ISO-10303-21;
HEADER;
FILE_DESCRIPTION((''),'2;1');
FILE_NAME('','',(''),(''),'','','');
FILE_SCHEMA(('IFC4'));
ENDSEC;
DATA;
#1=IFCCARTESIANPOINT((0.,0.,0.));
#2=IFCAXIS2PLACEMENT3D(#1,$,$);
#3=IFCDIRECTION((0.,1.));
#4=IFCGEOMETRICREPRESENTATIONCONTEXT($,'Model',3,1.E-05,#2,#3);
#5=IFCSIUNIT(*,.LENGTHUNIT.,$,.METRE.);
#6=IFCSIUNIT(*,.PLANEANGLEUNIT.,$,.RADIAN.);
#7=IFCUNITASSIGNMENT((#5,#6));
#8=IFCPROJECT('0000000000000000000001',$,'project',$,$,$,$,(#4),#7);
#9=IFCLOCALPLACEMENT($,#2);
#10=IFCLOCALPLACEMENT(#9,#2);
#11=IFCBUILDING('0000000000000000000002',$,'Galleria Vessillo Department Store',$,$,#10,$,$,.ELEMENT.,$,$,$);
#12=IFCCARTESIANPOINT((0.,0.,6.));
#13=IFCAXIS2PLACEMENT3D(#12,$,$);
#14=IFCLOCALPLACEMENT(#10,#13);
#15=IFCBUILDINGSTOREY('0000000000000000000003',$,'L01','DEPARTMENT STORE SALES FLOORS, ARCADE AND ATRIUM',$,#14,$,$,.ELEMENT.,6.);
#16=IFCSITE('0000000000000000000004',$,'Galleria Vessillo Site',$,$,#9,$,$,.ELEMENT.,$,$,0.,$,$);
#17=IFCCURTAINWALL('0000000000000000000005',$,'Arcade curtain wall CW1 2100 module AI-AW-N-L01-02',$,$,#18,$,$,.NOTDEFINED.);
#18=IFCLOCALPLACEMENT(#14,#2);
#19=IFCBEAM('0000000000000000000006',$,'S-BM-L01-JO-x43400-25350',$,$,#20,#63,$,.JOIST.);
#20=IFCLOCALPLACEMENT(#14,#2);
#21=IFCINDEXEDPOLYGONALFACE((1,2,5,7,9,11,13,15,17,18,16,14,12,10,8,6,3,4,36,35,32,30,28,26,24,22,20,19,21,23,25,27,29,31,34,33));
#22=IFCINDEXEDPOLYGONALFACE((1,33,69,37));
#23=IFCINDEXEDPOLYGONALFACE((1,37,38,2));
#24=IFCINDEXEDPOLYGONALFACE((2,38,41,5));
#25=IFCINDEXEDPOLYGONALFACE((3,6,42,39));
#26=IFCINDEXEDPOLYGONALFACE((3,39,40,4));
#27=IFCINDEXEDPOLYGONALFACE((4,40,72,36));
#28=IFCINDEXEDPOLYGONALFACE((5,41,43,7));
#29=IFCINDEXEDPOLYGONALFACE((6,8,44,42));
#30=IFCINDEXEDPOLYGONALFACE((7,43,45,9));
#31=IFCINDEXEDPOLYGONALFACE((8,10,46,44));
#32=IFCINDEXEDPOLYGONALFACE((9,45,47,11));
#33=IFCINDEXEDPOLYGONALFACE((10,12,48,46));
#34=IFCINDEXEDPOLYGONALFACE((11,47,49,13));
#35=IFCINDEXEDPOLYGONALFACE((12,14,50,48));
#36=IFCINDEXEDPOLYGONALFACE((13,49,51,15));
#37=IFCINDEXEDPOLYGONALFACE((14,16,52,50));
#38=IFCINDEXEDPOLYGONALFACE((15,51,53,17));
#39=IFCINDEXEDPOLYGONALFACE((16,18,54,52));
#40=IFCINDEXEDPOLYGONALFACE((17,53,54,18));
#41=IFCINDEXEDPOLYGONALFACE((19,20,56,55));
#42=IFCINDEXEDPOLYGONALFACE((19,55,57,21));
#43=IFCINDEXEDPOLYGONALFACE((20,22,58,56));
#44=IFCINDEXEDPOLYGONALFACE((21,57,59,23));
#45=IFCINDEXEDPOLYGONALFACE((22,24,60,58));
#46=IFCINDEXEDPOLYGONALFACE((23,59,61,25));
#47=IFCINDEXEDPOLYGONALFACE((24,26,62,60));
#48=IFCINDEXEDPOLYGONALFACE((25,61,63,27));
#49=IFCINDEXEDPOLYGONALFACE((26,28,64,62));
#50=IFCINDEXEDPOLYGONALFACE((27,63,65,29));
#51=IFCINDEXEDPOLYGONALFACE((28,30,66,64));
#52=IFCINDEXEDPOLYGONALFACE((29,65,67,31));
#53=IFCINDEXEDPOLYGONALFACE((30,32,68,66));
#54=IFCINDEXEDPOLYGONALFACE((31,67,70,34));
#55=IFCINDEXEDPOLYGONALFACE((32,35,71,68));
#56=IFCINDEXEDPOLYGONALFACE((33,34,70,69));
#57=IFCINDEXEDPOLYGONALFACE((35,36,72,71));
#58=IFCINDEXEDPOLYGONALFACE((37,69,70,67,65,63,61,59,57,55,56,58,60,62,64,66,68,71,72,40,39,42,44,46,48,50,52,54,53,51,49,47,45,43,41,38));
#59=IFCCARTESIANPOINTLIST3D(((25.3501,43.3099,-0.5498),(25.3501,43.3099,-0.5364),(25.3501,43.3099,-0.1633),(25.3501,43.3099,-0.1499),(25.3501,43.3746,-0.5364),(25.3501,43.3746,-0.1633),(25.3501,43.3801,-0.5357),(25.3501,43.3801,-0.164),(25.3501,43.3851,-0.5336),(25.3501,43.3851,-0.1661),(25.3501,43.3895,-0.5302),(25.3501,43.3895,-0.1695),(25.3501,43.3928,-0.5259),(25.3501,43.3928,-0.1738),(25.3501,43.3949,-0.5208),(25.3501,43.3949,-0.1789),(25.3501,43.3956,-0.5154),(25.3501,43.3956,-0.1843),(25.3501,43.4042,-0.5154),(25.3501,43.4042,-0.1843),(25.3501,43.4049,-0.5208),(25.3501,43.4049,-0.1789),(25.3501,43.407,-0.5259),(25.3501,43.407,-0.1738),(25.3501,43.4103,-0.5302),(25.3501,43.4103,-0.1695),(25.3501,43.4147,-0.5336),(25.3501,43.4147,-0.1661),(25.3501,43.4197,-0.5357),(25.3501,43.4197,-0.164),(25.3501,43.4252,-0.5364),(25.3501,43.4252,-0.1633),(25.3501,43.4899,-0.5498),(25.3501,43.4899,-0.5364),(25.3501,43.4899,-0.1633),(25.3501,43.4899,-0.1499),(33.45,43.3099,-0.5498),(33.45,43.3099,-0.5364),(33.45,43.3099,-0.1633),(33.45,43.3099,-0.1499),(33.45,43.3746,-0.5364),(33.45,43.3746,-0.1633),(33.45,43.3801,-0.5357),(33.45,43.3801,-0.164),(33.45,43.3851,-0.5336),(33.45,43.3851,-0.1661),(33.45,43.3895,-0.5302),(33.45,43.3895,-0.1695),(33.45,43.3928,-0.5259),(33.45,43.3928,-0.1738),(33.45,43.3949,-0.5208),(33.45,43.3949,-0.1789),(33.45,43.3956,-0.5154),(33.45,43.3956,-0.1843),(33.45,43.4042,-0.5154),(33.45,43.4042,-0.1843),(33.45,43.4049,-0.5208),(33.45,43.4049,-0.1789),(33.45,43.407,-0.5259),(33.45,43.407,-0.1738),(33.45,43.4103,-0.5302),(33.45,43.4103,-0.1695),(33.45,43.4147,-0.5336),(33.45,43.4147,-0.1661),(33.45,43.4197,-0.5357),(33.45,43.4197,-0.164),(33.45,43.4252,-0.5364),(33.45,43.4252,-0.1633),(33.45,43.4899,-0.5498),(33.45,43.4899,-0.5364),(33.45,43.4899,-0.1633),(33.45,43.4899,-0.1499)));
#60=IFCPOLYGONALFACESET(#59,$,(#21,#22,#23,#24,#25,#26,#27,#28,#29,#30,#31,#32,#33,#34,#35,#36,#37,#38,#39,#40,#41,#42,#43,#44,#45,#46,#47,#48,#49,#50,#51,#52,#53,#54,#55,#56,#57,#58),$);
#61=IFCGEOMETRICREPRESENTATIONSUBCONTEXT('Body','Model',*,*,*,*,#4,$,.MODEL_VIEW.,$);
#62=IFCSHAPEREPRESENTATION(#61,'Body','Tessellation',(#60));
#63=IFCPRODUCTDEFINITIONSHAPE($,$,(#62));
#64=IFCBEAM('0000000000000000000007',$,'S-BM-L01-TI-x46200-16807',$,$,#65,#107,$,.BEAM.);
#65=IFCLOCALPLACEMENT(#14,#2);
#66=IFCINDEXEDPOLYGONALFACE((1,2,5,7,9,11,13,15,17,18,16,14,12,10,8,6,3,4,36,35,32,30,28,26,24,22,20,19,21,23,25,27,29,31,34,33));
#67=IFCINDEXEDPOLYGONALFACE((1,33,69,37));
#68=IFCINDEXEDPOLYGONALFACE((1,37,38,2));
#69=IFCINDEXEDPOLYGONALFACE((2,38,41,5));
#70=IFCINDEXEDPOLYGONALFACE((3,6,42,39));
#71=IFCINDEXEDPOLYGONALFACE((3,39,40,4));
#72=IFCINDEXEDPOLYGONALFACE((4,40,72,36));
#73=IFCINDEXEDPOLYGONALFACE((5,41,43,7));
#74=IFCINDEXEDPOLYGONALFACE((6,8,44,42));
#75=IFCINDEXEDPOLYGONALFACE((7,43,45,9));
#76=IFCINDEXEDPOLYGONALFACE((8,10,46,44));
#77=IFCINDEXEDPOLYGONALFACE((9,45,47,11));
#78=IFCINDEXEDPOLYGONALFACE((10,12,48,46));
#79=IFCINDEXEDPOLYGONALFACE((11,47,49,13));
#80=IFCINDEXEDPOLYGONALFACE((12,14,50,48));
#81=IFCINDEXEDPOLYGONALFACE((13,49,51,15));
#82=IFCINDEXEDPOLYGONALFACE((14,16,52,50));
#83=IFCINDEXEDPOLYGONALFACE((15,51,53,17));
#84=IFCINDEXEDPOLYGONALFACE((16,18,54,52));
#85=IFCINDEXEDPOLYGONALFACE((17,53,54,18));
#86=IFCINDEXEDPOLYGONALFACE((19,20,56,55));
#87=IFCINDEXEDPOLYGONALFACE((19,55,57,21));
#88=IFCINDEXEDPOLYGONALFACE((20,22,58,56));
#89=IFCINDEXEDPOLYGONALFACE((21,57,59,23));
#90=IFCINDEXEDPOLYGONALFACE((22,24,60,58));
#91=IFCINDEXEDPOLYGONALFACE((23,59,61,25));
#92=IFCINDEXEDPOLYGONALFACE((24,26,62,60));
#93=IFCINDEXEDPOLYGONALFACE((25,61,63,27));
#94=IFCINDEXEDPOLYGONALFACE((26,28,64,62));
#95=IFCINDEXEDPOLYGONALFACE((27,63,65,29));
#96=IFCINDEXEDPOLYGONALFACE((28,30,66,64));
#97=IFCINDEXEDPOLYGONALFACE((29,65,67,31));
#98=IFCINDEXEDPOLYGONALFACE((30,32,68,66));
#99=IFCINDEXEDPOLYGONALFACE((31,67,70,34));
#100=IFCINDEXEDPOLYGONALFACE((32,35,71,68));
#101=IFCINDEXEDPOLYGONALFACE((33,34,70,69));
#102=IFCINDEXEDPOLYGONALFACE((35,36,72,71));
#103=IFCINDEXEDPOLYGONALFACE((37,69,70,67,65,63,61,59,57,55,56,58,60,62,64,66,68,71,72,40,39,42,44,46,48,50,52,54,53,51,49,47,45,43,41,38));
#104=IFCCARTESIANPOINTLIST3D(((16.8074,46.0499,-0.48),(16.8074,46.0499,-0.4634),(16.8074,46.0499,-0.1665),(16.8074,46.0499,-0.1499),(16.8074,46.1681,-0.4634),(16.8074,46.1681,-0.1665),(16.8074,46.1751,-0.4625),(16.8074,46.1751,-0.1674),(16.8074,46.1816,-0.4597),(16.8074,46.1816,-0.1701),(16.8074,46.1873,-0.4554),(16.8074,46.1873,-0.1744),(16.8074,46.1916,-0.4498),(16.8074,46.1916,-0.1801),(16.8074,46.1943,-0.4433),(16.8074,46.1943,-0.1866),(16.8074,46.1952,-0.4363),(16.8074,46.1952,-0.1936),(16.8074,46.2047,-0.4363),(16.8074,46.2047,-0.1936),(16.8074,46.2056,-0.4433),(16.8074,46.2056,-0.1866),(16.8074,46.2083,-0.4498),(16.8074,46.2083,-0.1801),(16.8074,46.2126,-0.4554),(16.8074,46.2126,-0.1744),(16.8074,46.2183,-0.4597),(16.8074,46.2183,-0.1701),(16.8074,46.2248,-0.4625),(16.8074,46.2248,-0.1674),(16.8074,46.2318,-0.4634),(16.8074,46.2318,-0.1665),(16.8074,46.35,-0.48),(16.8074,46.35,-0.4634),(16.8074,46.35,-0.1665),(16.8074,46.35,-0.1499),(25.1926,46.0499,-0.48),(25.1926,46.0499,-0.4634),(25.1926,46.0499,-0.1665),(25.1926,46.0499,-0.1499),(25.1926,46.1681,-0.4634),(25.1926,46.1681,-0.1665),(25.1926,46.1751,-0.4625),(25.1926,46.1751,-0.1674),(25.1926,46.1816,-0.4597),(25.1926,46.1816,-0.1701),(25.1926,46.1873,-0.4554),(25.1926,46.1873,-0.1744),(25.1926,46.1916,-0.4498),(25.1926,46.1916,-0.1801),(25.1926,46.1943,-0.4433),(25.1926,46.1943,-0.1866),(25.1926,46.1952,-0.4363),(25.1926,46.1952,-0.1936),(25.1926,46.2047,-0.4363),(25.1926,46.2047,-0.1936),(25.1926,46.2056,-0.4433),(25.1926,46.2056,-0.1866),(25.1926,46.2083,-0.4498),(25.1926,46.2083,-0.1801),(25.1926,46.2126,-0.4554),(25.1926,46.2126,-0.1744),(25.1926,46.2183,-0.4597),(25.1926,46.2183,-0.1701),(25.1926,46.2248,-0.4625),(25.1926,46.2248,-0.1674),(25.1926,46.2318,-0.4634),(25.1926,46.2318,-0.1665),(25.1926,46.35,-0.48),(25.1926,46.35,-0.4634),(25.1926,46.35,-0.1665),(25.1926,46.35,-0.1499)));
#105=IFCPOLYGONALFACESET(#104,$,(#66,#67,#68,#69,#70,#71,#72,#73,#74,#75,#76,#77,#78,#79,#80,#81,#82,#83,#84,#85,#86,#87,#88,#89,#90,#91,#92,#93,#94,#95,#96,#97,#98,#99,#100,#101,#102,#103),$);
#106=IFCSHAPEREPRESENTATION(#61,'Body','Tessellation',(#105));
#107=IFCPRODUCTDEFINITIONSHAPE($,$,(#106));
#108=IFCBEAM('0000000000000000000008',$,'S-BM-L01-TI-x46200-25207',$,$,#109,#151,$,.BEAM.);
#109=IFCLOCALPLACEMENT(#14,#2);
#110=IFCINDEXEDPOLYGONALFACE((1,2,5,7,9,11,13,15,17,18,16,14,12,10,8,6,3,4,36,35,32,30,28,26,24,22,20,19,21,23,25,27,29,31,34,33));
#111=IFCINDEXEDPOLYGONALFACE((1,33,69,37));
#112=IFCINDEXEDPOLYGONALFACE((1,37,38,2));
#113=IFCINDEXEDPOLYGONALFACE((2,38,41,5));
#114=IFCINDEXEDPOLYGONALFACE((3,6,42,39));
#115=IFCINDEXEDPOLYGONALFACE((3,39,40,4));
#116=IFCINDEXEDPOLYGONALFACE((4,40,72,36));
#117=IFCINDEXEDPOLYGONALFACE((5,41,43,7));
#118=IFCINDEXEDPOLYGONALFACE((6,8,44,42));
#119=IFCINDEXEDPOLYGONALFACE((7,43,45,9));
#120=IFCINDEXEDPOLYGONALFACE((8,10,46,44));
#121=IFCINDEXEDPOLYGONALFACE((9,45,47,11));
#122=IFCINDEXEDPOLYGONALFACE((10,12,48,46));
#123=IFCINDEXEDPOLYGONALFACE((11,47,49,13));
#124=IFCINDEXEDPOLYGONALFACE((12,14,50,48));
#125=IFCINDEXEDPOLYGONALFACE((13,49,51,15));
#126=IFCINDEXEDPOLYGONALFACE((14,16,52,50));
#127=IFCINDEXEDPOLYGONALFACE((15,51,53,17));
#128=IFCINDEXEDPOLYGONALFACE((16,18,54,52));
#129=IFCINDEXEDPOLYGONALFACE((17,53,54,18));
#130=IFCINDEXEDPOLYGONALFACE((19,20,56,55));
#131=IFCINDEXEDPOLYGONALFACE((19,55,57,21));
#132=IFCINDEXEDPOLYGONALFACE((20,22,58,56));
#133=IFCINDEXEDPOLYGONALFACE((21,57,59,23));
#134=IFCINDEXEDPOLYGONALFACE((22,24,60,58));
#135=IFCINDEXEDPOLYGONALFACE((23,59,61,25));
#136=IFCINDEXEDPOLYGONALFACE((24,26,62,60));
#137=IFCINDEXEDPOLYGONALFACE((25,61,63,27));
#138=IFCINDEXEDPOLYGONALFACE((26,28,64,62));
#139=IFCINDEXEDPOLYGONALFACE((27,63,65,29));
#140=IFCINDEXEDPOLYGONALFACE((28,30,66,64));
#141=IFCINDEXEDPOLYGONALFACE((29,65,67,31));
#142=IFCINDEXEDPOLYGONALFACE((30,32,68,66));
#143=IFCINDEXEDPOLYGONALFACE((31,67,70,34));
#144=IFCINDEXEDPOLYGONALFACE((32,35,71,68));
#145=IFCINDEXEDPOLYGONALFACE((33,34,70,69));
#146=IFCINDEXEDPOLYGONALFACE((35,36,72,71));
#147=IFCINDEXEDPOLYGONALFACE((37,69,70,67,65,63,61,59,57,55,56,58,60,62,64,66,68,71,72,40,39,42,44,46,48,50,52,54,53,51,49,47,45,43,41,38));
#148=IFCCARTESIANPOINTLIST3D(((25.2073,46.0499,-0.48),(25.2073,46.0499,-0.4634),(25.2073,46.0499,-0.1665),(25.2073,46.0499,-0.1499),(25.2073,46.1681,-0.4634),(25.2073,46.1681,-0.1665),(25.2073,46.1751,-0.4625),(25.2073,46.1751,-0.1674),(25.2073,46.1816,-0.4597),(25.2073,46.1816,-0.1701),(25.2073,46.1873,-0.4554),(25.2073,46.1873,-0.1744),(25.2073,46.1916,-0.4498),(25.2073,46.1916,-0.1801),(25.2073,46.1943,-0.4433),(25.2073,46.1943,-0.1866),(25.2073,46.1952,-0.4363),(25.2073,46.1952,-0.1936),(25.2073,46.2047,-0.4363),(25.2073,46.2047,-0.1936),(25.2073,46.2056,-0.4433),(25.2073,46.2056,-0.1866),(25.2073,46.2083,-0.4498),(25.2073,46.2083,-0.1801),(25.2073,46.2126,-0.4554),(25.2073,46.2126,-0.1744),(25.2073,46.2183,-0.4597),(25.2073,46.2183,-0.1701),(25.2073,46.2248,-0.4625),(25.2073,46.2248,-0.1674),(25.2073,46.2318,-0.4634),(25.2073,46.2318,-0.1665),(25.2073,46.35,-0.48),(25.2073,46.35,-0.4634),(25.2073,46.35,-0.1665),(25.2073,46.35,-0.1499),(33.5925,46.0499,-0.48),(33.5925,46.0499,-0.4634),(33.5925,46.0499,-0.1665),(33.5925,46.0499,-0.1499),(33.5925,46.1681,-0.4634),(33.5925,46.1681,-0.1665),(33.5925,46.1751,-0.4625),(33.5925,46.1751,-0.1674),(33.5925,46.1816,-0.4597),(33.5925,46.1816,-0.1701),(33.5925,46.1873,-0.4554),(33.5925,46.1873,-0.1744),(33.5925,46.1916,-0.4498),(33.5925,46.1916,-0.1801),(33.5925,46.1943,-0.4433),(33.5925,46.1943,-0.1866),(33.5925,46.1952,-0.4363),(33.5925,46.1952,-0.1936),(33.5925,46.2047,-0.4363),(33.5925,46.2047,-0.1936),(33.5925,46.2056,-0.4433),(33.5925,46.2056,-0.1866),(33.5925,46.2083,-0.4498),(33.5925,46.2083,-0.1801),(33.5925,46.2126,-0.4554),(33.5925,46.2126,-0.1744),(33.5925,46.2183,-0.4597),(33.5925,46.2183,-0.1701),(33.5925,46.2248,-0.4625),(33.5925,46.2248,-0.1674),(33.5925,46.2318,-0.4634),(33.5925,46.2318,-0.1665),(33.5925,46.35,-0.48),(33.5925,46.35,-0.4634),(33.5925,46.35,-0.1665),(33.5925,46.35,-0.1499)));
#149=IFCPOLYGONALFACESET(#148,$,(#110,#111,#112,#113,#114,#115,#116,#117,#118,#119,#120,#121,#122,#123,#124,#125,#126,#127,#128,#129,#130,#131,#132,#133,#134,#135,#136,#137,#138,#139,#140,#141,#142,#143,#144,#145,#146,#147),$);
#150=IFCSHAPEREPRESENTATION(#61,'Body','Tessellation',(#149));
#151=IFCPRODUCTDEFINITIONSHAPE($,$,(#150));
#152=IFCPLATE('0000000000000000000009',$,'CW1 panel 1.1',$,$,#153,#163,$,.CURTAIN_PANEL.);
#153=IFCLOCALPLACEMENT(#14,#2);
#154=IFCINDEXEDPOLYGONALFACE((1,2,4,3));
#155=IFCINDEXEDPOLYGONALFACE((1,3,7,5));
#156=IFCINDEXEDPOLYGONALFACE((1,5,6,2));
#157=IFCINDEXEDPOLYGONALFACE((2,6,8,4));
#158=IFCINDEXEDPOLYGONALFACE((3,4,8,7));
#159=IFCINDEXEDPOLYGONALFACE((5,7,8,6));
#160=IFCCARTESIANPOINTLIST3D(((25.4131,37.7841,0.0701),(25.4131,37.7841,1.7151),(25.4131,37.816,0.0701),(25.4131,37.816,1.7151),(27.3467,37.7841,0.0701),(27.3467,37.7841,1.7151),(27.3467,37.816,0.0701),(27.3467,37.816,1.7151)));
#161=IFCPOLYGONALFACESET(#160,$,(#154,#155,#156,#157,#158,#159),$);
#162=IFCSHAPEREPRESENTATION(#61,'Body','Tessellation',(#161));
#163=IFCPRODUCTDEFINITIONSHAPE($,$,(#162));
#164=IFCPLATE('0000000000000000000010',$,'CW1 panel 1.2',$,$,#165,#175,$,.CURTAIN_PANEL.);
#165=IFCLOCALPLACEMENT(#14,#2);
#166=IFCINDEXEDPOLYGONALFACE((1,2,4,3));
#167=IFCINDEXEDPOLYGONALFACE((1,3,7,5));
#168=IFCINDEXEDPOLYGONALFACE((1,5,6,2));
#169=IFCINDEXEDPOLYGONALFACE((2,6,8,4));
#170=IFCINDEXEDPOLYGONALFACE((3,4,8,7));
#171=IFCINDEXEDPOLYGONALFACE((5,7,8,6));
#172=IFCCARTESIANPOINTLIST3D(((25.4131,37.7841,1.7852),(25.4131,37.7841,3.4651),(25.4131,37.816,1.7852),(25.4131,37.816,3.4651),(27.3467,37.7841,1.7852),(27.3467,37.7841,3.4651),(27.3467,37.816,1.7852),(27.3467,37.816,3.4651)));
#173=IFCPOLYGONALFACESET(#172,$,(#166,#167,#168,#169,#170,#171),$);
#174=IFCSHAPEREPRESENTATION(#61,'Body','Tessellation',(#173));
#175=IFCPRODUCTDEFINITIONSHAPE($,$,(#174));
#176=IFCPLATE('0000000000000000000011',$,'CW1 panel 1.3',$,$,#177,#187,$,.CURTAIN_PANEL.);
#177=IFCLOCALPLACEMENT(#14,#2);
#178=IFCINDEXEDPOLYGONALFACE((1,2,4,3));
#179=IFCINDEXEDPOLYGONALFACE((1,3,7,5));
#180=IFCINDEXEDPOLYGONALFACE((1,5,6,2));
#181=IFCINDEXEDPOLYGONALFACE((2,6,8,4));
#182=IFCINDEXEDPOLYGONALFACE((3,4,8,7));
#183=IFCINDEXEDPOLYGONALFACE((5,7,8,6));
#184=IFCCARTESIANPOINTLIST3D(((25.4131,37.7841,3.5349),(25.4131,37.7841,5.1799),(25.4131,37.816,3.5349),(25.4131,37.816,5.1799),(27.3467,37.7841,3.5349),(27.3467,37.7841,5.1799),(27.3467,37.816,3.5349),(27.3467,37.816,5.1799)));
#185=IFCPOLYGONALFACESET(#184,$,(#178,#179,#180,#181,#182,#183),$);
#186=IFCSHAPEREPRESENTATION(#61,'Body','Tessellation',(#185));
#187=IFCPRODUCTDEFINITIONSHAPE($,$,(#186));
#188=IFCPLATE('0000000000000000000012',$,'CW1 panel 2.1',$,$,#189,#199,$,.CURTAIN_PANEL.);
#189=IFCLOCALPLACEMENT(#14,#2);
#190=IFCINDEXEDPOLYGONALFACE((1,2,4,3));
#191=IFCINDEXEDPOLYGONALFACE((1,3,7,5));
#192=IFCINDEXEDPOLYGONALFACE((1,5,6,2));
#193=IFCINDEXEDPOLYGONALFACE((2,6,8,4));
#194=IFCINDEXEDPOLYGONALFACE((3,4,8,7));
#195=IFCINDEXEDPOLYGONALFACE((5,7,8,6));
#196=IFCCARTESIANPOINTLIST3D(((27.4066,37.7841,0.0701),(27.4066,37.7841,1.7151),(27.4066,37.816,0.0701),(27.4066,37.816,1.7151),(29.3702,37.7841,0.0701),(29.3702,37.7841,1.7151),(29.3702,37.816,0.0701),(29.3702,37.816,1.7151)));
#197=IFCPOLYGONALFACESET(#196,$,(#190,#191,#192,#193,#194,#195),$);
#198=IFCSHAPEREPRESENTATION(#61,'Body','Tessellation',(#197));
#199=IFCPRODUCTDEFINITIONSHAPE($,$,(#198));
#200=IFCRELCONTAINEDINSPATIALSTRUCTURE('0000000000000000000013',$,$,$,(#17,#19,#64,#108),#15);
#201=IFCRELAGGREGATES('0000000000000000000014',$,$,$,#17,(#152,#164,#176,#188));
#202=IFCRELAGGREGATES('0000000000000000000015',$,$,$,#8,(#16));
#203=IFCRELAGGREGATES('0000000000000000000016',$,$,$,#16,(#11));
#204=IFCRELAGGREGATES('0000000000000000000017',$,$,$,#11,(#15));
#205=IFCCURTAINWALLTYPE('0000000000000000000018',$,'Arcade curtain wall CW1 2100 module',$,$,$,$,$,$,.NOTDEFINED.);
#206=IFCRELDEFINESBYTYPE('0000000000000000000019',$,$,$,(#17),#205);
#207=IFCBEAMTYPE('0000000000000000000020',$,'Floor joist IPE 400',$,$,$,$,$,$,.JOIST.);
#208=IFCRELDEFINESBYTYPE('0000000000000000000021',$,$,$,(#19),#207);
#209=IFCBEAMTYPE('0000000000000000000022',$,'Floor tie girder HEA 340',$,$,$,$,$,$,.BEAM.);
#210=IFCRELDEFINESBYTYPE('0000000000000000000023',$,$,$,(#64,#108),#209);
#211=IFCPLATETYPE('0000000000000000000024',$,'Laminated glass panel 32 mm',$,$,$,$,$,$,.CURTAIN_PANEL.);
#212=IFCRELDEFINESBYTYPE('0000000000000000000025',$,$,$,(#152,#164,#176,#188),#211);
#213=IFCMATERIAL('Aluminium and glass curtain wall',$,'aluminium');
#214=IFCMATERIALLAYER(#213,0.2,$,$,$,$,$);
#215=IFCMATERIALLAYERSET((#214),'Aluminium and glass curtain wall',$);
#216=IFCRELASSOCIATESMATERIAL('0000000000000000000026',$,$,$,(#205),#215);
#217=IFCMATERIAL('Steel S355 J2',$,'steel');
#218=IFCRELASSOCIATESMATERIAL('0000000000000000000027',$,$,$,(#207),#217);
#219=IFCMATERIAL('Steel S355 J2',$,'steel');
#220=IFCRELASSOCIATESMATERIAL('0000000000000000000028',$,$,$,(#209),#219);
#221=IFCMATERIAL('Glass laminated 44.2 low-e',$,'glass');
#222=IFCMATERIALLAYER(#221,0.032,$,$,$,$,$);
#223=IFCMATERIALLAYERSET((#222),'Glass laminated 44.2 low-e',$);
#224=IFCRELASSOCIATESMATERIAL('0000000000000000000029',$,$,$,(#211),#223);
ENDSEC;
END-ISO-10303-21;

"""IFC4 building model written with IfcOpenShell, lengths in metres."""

from ifc_helpers import new_model, si_unit, direction, frame, origin, origin_2d, place, context, subcontext, project, spatial, rectangle, i_section, extrude, material, layer, layer_set, material_profile, profile_set, type_object, element, aggregate, save


model = new_model("IFC4")

# Units and contexts
model_context = context("Model", 3, precision=1e-05, world=origin(), true_north=direction((0.0, 1.0)))
body_context = subcontext(model_context, "Body", "Model", "MODEL_VIEW")
ifc_project = project(units=[si_unit("LENGTHUNIT", "METRE"), si_unit("PLANEANGLEUNIT", "RADIAN")], contexts=[model_context])

# Site, building, storey
site_placement = place(None, origin())
site = spatial("IfcSite", under=ifc_project, at=site_placement, Name="Galleria Vessillo Site", CompositionType="ELEMENT", RefElevation=0.0)
building_placement = place(site_placement, origin())
building = spatial("IfcBuilding", under=site, at=building_placement, Name="Galleria Vessillo Department Store", CompositionType="ELEMENT")
storey_placement = place(building_placement, frame((0.0, 0.0, 6.0)))
storey = spatial("IfcBuildingStorey", under=building, at=storey_placement, Name="L01", Description="DEPARTMENT STORE SALES FLOORS, ARCADE AND ATRIUM", CompositionType="ELEMENT", Elevation=6.0)

# Curtain wall
ifc_material_1 = material(Name="Aluminium and glass curtain wall", Category="aluminium")
ifc_layer_1 = layer(ifc_material_1, 0.2)
ifc_layer_set_1 = layer_set([ifc_layer_1], Name="Aluminium and glass curtain wall")
curtain_wall_type = type_object("IfcCurtainWallType", Name="Arcade curtain wall CW1 2100 module", PredefinedType="NOTDEFINED", material=ifc_layer_set_1)
curtain_wall_placement = place(storey_placement, origin())
curtain_wall = element("IfcCurtainWall", 1, at=curtain_wall_placement, inside=storey, type_object=curtain_wall_type, Name="Arcade curtain wall CW1 2100 module AI-AW-N-L01-02", PredefinedType="NOTDEFINED")

# Beams
ifc_material_2 = material(Name="Steel S355 J2", Category="steel")
ifc_material_profile_1 = material_profile(ifc_material_2, i_section(OverallWidth=0.1799, OverallDepth=0.3999, WebThickness=0.0085, FlangeThickness=0.0134, FilletRadius=0.021, at=origin_2d()), Name="IPE 400")
ifc_profile_set_1 = profile_set([ifc_material_profile_1], Name="Steel S355 J2")
beam_type_1 = type_object("IfcBeamType", Name="Floor joist IPE 400", PredefinedType="JOIST", material=ifc_profile_set_1)
for number, where, z_axis, x_axis, name in (
    (2, (25.3501, 43.3999, -0.3499), (1.0, 0.0, 0.0), (0.0, 1.0, 0.0), "S-BM-L01-JO-x43400-25350"),
):
    element("IfcBeam", number, at=place(storey_placement, frame(where, z_axis=z_axis, x_axis=x_axis)), inside=storey, type_object=beam_type_1, Name=name, PredefinedType="JOIST", context=body_context, shape_type="SweptSolid", body=[
        extrude(i_section(OverallWidth=0.1799, OverallDepth=0.3999, WebThickness=0.0085, FlangeThickness=0.0134, FilletRadius=0.021, at=origin_2d()), origin(), (0.0, 0.0, 1.0), 8.0999),
    ])
ifc_material_3 = material(Name="Steel S355 J2", Category="steel")
ifc_material_profile_2 = material_profile(ifc_material_3, i_section(OverallWidth=0.3, OverallDepth=0.3301, WebThickness=0.0095, FlangeThickness=0.0166, FilletRadius=0.0271, at=origin_2d()), Name="HEA 340")
ifc_profile_set_2 = profile_set([ifc_material_profile_2], Name="Steel S355 J2")
beam_type_2 = type_object("IfcBeamType", Name="Floor tie girder HEA 340", PredefinedType="BEAM", material=ifc_profile_set_2)
for number, where, z_axis, x_axis, name in (
    (3, (16.8074, 46.2, -0.3149), (1.0, 0.0, 0.0), (0.0, 1.0, 0.0), "S-BM-L01-TI-x46200-16807"),
    (4, (25.2073, 46.2, -0.3149), (1.0, 0.0, 0.0), (0.0, 1.0, 0.0), "S-BM-L01-TI-x46200-25207"),
):
    element("IfcBeam", number, at=place(storey_placement, frame(where, z_axis=z_axis, x_axis=x_axis)), inside=storey, type_object=beam_type_2, Name=name, PredefinedType="BEAM", context=body_context, shape_type="SweptSolid", body=[
        extrude(i_section(OverallWidth=0.3, OverallDepth=0.3301, WebThickness=0.0095, FlangeThickness=0.0166, FilletRadius=0.0271, at=origin_2d()), origin(), (0.0, 0.0, 1.0), 8.3853),
    ])

# Plates
ifc_material_4 = material(Name="Glass laminated 44.2 low-e", Category="glass")
ifc_layer_2 = layer(ifc_material_4, 0.032)
ifc_layer_set_2 = layer_set([ifc_layer_2], Name="Glass laminated 44.2 low-e")
plate_type = type_object("IfcPlateType", Name="Laminated glass panel 32 mm", PredefinedType="CURTAIN_PANEL", material=ifc_layer_set_2)
plate_1_placement = place(storey_placement, frame((26.3799, 37.8, 0.0701), z_axis=(0.0, 0.0, 1.0), x_axis=(1.0, 0.0, 0.0)))
plate_1 = element("IfcPlate", 5, at=plate_1_placement, type_object=plate_type, Name="CW1 panel 1.1", PredefinedType="CURTAIN_PANEL", context=body_context, shape_type="SweptSolid", body=[
    extrude(rectangle(XDim=1.9336, YDim=0.032, at=origin_2d()), origin(), (0.0, 0.0, 1.0), 1.645),
])
plate_2_placement = place(storey_placement, frame((26.3799, 37.8, 1.7852), z_axis=(0.0, 0.0, 1.0), x_axis=(1.0, 0.0, 0.0)))
plate_2 = element("IfcPlate", 6, at=plate_2_placement, type_object=plate_type, Name="CW1 panel 1.2", PredefinedType="CURTAIN_PANEL", context=body_context, shape_type="SweptSolid", body=[
    extrude(rectangle(XDim=1.9336, YDim=0.032, at=origin_2d()), origin(), (0.0, 0.0, 1.0), 1.6799),
])
plate_3_placement = place(storey_placement, frame((26.3799, 37.8, 3.5349), z_axis=(0.0, 0.0, 1.0), x_axis=(1.0, 0.0, 0.0)))
plate_3 = element("IfcPlate", 7, at=plate_3_placement, type_object=plate_type, Name="CW1 panel 1.3", PredefinedType="CURTAIN_PANEL", context=body_context, shape_type="SweptSolid", body=[
    extrude(rectangle(XDim=1.9336, YDim=0.032, at=origin_2d()), origin(), (0.0, 0.0, 1.0), 1.645),
])
plate_4_placement = place(storey_placement, frame((28.3884, 37.8, 0.0701), z_axis=(0.0, 0.0, 1.0), x_axis=(1.0, 0.0, 0.0)))
plate_4 = element("IfcPlate", 8, at=plate_4_placement, type_object=plate_type, Name="CW1 panel 2.1", PredefinedType="CURTAIN_PANEL", context=body_context, shape_type="SweptSolid", body=[
    extrude(rectangle(XDim=1.9636, YDim=0.032, at=origin_2d()), origin(), (0.0, 0.0, 1.0), 1.645),
])
aggregate(curtain_wall, [plate_1, plate_2, plate_3, plate_4])

save(model, "model.ifc")
